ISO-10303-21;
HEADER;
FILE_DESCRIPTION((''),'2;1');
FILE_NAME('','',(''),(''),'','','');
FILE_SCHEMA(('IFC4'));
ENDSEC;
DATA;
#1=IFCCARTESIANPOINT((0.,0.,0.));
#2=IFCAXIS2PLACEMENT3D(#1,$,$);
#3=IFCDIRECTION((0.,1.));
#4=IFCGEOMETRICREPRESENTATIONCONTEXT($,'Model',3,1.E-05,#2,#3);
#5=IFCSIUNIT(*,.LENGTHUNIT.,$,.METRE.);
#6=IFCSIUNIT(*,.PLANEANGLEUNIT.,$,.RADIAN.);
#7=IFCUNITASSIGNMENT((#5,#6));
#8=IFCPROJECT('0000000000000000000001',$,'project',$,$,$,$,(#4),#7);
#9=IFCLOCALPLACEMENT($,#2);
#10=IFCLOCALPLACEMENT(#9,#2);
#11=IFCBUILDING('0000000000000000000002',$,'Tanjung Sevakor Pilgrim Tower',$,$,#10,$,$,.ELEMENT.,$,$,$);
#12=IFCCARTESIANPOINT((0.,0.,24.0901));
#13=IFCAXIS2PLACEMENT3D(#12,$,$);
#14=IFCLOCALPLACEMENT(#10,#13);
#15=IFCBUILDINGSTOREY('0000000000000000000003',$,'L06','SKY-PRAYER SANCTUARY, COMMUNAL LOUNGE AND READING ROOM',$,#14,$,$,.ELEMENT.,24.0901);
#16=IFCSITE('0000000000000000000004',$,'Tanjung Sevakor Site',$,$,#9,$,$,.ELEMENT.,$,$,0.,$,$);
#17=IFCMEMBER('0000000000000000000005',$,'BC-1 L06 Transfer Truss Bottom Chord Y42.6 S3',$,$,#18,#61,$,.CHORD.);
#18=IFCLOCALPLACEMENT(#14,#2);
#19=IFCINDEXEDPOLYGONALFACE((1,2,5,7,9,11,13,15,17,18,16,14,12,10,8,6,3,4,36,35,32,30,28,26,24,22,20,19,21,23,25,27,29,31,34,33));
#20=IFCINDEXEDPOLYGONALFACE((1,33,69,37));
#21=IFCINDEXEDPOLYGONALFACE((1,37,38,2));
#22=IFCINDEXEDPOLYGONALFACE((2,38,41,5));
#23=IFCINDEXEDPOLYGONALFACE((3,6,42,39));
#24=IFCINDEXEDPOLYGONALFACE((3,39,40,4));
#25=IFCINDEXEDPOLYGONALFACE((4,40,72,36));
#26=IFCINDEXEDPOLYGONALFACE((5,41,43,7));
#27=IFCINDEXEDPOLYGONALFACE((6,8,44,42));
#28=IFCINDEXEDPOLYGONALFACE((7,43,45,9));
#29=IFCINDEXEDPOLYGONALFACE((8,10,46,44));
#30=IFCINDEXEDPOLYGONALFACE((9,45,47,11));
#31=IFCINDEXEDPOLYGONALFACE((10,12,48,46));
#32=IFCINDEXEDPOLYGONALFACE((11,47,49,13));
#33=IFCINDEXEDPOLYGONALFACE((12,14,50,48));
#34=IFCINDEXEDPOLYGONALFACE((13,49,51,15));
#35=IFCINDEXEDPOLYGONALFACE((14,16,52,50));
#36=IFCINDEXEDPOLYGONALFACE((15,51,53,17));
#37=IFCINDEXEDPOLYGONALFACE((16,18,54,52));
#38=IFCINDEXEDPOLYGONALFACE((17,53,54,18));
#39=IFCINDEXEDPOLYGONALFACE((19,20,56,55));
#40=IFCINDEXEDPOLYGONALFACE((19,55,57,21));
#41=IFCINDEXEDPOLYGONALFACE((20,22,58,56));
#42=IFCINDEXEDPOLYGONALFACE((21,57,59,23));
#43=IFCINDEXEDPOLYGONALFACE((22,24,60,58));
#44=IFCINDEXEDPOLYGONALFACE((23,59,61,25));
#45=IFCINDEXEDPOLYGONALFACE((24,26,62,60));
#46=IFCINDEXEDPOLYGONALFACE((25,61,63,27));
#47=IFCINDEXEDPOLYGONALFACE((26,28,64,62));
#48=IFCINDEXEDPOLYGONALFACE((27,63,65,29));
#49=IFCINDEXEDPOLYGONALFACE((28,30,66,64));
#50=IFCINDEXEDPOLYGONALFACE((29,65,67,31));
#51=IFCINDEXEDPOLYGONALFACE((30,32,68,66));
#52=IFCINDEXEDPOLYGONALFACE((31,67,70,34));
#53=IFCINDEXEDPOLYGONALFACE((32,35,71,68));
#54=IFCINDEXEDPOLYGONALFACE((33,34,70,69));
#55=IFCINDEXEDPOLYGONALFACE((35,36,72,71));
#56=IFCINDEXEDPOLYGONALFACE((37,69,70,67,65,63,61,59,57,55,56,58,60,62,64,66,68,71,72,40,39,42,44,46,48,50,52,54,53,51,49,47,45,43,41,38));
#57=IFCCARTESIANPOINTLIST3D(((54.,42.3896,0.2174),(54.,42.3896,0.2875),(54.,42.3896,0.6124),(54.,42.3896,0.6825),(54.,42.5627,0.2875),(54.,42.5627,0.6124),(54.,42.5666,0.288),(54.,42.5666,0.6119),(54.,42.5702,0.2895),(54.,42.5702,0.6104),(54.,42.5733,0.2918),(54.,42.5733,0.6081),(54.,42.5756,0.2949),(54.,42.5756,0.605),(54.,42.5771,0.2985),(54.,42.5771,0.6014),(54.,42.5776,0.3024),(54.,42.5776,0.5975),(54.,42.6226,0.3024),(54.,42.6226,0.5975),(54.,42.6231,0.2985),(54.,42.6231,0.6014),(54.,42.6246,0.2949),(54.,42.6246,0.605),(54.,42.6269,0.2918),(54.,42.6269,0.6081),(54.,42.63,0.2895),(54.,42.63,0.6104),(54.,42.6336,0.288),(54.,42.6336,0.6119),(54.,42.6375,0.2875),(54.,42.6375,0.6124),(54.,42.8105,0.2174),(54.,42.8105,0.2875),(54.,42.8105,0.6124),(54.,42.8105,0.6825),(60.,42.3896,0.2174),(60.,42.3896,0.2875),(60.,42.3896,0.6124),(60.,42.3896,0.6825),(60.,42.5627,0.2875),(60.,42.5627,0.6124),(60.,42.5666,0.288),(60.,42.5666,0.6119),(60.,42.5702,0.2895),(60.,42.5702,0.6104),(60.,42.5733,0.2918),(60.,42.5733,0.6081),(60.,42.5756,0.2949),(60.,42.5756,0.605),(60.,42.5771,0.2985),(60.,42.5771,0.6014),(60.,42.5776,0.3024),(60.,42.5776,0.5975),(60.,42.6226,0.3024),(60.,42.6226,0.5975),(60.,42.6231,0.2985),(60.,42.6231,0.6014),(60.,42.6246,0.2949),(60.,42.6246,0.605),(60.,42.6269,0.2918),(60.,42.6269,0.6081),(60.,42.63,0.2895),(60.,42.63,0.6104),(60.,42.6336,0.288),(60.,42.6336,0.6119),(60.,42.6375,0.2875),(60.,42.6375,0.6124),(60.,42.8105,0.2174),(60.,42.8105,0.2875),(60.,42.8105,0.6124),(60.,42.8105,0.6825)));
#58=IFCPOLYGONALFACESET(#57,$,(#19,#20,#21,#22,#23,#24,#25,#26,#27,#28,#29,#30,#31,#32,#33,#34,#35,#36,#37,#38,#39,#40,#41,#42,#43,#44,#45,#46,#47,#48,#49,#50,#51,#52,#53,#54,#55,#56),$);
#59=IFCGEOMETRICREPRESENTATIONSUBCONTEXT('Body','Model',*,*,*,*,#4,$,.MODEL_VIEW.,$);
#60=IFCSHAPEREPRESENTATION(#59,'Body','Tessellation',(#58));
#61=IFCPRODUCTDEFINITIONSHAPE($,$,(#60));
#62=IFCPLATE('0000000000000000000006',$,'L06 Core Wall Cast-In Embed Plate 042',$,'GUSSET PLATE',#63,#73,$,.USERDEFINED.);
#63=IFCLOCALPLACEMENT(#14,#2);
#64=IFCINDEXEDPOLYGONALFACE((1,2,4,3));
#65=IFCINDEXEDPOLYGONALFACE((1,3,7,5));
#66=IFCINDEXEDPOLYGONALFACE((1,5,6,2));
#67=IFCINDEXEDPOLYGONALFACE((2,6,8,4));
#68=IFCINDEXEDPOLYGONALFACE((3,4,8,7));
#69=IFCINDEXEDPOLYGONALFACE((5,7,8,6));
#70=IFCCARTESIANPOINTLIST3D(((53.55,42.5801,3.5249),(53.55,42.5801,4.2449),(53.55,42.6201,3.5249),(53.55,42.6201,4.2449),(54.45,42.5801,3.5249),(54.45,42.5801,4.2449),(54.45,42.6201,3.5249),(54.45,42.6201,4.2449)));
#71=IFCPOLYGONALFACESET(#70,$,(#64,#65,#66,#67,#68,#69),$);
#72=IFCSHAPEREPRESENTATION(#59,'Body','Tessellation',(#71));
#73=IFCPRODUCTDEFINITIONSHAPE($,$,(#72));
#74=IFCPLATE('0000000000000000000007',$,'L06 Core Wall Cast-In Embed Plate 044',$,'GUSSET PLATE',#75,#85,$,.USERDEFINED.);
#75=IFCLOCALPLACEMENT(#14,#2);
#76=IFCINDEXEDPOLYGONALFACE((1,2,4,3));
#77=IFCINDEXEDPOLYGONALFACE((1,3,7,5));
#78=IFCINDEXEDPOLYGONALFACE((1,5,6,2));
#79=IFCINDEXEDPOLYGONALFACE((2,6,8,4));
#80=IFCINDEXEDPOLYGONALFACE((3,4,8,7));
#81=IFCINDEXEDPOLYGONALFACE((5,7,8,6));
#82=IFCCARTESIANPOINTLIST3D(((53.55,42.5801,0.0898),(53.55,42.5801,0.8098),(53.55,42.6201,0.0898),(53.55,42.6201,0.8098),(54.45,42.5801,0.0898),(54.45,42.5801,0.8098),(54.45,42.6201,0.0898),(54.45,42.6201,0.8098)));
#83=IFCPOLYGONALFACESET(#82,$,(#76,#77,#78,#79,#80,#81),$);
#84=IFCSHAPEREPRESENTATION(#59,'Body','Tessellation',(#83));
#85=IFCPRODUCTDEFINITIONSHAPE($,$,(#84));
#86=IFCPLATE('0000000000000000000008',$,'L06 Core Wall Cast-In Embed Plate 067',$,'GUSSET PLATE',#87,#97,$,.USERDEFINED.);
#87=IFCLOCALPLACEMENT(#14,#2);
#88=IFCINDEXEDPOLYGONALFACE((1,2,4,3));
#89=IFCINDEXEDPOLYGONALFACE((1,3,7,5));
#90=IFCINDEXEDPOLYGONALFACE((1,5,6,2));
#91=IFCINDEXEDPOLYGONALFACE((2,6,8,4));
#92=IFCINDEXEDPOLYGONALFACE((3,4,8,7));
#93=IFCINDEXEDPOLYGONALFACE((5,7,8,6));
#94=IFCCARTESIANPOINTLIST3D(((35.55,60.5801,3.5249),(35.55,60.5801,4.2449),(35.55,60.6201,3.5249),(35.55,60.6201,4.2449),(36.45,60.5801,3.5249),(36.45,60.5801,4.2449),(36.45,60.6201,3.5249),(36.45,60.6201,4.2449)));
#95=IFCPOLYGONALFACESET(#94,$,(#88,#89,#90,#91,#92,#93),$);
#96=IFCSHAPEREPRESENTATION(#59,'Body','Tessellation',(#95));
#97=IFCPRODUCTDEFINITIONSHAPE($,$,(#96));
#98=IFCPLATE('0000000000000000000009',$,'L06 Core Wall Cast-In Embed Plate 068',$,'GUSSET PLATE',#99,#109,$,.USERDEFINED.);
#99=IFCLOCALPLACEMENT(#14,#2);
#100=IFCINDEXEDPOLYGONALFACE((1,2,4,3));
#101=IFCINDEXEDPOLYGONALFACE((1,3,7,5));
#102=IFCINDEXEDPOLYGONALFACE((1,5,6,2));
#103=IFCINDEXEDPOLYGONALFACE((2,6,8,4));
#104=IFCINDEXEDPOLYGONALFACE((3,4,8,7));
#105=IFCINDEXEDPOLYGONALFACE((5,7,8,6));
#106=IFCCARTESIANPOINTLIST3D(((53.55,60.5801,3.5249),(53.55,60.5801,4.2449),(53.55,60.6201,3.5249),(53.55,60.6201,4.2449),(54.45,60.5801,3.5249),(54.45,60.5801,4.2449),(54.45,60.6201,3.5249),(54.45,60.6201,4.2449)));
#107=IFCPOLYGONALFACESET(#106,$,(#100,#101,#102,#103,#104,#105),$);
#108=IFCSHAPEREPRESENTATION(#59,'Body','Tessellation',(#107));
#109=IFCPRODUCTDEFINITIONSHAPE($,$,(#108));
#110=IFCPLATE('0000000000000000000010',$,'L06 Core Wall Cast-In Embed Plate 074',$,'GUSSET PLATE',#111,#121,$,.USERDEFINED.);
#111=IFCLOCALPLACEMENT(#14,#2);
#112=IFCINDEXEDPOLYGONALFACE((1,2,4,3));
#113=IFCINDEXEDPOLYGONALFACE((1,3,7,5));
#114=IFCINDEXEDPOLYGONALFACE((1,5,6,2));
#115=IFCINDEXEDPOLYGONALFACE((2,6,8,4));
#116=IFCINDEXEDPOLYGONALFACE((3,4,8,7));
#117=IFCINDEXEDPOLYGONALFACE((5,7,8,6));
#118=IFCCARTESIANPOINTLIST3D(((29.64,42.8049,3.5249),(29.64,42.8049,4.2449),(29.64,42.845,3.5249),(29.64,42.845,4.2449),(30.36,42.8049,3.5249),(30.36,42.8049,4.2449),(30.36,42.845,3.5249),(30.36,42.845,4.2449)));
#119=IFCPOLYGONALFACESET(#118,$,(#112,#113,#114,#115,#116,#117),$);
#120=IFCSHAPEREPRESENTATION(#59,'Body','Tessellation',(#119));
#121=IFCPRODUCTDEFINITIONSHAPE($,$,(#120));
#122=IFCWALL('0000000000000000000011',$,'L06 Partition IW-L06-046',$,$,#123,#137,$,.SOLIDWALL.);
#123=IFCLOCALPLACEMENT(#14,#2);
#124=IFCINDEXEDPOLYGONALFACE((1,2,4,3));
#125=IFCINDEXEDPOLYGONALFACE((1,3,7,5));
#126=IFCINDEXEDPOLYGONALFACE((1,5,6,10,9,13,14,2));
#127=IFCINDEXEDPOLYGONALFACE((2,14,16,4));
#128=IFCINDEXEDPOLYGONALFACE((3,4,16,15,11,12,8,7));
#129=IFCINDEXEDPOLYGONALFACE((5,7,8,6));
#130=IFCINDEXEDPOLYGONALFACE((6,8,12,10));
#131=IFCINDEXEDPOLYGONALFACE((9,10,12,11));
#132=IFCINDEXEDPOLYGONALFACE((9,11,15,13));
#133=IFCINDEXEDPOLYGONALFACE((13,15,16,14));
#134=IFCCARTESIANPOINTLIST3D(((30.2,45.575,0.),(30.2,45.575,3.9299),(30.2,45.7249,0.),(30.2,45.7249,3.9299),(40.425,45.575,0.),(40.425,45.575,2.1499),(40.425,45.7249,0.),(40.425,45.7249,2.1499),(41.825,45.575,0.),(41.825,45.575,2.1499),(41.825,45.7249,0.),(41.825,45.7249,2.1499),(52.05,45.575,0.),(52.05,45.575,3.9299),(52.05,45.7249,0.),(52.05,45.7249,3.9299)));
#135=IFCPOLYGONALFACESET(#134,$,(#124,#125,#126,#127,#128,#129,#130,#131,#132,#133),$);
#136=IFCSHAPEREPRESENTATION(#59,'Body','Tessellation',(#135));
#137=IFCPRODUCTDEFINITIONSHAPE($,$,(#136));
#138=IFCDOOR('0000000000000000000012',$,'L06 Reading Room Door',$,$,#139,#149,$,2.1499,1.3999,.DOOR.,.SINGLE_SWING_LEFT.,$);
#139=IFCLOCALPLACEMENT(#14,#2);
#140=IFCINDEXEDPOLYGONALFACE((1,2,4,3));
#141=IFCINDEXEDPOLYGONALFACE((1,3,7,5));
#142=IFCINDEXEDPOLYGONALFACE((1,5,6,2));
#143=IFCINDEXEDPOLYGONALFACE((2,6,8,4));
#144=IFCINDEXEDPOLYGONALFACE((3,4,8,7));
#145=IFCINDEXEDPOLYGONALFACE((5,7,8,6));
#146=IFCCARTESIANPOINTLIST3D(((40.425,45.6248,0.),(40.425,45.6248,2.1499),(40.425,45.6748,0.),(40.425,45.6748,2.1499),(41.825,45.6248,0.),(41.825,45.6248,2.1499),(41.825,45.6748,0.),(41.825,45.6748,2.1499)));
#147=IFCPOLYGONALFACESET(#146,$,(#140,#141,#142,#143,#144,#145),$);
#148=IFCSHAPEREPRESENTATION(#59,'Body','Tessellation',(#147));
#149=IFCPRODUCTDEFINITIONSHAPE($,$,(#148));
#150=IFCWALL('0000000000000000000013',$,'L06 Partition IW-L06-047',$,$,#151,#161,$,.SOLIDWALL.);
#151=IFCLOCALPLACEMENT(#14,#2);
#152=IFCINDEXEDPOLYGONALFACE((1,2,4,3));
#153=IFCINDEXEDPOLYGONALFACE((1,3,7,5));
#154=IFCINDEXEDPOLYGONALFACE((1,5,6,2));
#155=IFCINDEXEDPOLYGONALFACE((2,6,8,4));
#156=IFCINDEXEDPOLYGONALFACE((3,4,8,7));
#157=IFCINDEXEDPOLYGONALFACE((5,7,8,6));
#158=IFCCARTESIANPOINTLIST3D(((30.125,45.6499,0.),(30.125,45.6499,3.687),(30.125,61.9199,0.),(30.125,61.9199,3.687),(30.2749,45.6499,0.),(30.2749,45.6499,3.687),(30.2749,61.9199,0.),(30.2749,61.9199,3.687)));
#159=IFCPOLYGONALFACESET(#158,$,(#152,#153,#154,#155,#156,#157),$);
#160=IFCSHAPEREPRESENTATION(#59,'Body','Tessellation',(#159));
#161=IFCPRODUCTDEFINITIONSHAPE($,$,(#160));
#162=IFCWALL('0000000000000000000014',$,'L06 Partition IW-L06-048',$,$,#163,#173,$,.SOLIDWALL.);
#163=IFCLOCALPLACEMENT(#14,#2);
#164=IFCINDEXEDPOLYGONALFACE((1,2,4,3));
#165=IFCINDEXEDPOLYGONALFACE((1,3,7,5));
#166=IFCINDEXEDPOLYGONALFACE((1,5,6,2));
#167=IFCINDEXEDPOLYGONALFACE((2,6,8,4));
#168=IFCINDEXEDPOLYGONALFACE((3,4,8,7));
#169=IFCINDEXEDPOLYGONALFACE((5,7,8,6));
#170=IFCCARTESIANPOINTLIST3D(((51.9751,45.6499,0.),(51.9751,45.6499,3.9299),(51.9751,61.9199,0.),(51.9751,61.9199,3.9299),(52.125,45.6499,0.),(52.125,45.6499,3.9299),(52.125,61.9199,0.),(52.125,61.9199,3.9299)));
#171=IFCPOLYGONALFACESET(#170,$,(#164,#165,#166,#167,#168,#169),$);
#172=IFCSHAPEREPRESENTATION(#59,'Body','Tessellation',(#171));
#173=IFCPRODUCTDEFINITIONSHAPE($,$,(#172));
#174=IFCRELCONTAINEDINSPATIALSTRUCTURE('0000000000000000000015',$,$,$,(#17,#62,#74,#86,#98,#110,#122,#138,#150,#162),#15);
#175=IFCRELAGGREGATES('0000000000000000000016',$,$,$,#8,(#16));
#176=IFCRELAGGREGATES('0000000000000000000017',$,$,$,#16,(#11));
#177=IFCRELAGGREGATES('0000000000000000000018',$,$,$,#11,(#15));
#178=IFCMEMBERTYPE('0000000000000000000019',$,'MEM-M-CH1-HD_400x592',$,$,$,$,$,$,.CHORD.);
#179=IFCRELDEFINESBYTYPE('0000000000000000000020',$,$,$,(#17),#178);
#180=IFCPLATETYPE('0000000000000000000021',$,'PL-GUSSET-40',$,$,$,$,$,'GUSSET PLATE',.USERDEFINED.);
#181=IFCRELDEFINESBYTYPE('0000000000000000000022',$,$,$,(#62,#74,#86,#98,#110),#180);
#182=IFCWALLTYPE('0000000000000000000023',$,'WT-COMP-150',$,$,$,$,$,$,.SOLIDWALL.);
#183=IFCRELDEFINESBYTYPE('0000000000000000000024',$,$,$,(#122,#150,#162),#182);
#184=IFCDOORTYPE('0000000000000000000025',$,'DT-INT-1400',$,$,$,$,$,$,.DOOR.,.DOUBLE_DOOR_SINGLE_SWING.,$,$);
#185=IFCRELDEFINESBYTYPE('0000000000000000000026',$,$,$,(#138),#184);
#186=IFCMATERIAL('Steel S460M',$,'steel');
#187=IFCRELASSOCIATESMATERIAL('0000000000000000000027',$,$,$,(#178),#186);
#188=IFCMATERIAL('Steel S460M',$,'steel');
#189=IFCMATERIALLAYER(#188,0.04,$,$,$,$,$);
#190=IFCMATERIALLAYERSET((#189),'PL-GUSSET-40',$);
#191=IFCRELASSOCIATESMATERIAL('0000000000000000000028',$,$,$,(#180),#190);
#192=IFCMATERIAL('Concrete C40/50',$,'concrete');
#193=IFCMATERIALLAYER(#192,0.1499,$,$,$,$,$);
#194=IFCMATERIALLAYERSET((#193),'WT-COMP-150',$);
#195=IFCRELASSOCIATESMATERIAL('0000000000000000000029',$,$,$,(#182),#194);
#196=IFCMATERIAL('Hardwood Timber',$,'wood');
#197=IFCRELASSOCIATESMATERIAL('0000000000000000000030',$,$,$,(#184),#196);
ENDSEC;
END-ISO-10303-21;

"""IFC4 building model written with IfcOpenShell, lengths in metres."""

from ifc_helpers import new_model, si_unit, direction, frame, frame_2d, origin, origin_2d, place, context, subcontext, project, spatial, rectangle, i_section, extrude, material, layer, layer_set, material_profile, profile_set, type_object, element, fill, save


model = new_model("IFC4")

# Units and contexts
model_context = context("Model", 3, precision=1e-05, world=origin(), true_north=direction((0.0, 1.0)))
body_context = subcontext(model_context, "Body", "Model", "MODEL_VIEW")
ifc_project = project(units=[si_unit("LENGTHUNIT", "METRE"), si_unit("PLANEANGLEUNIT", "RADIAN")], contexts=[model_context])

# Site, building, storey
site_placement = place(None, origin())
site = spatial("IfcSite", under=ifc_project, at=site_placement, Name="Tanjung Sevakor Site", CompositionType="ELEMENT", RefElevation=0.0)
building_placement = place(site_placement, origin())
building = spatial("IfcBuilding", under=site, at=building_placement, Name="Tanjung Sevakor Pilgrim Tower", CompositionType="ELEMENT")
storey_placement = place(building_placement, frame((0.0, 0.0, 24.0901)))
storey = spatial("IfcBuildingStorey", under=building, at=storey_placement, Name="L06", Description="SKY-PRAYER SANCTUARY, COMMUNAL LOUNGE AND READING ROOM", CompositionType="ELEMENT", Elevation=24.0901)

# Member
ifc_material_1 = material(Name="Steel S460M", Category="steel")
ifc_material_profile_1 = material_profile(ifc_material_1, i_section(OverallWidth=0.4209, OverallDepth=0.4651, WebThickness=0.0449, FlangeThickness=0.0701, FilletRadius=0.0149, at=origin_2d()))
ifc_profile_set_1 = profile_set([ifc_material_profile_1], Name="Steel S460M")
member_type_1 = type_object("IfcMemberType", Name="MEM-M-CH1-HD_400x592", PredefinedType="CHORD", material=ifc_profile_set_1)
member_1_placement = place(storey_placement, frame((54.0, 42.6001, 0.45), z_axis=(1.0, 0.0, 0.0), x_axis=(0.0, 1.0, 0.0)))
element("IfcMember", 1, at=member_1_placement, inside=storey, type_object=member_type_1, Name="BC-1 L06 Transfer Truss Bottom Chord Y42.6 S3", PredefinedType="CHORD", context=body_context, shape_type="SweptSolid", body=[
    extrude(i_section(OverallWidth=0.4209, OverallDepth=0.4651, WebThickness=0.0449, FlangeThickness=0.0701, FilletRadius=0.0149, at=origin_2d()), origin(), (0.0, 0.0, 1.0), 6.0),
])

# Plates
ifc_material_2 = material(Name="Steel S460M", Category="steel")
ifc_layer_1 = layer(ifc_material_2, 0.04)
ifc_layer_set_1 = layer_set([ifc_layer_1], Name="PL-GUSSET-40")
plate_type = type_object("IfcPlateType", Name="PL-GUSSET-40", ElementType="GUSSET PLATE", PredefinedType="USERDEFINED", material=ifc_layer_set_1)
for number, where, z_axis, x_axis, name in (
    (2, (54.0, 42.6001, 3.5249), (0.0, 0.0, 1.0), (1.0, 0.0, 0.0), "L06 Core Wall Cast-In Embed Plate 042"),
    (3, (54.0, 42.6001, 0.0898), (0.0, 0.0, 1.0), (1.0, 0.0, 0.0), "L06 Core Wall Cast-In Embed Plate 044"),
    (4, (36.0, 60.6001, 3.5249), (0.0, 0.0, 1.0), (1.0, 0.0, 0.0), "L06 Core Wall Cast-In Embed Plate 067"),
    (5, (54.0, 60.6001, 3.5249), (0.0, 0.0, 1.0), (1.0, 0.0, 0.0), "L06 Core Wall Cast-In Embed Plate 068"),
):
    element("IfcPlate", number, at=place(storey_placement, frame(where, z_axis=z_axis, x_axis=x_axis)), inside=storey, type_object=plate_type, Name=name, ObjectType="GUSSET PLATE", PredefinedType="USERDEFINED", context=body_context, shape_type="SweptSolid", body=[
        extrude(rectangle(XDim=0.8999, YDim=0.04, at=origin_2d()), origin(), (0.0, 0.0, 1.0), 0.72),
    ])
plate_placement = place(storey_placement, frame((30.0, 42.825, 3.5249), z_axis=(0.0, 0.0, 1.0), x_axis=(1.0, 0.0, 0.0)))
element("IfcPlate", 6, at=plate_placement, inside=storey, type_object=plate_type, Name="L06 Core Wall Cast-In Embed Plate 074", ObjectType="GUSSET PLATE", PredefinedType="USERDEFINED", context=body_context, shape_type="SweptSolid", body=[
    extrude(rectangle(XDim=0.72, YDim=0.04, at=origin_2d()), origin(), (0.0, 0.0, 1.0), 0.72),
])

# Wall, opening, door
ifc_material_3 = material(Name="Concrete C40/50", Category="concrete")
ifc_layer_2 = layer(ifc_material_3, 0.1499)
ifc_layer_set_2 = layer_set([ifc_layer_2], Name="WT-COMP-150")
wall_type_1 = type_object("IfcWallType", Name="WT-COMP-150", PredefinedType="SOLIDWALL", material=ifc_layer_set_2)
wall_1_placement = place(storey_placement, frame((30.2, 45.6499, 0.0), z_axis=(0.0, 0.0, 1.0), x_axis=(1.0, 0.0, 0.0)))
wall_1 = element("IfcWall", 7, at=wall_1_placement, inside=storey, type_object=wall_type_1, Name="L06 Partition IW-L06-046", PredefinedType="SOLIDWALL", context=body_context, shape_type="SweptSolid", body=[
    extrude(rectangle(XDim=21.8501, YDim=0.1499, at=frame_2d((10.925, 0.0))), origin(), (0.0, 0.0, 1.0), 3.9299),
])
opening_1_placement = place(wall_1_placement, frame((10.2251, 0.0, 0.0)))
opening_1 = element("IfcOpeningElement", 8, at=opening_1_placement, cuts=wall_1, PredefinedType="OPENING", context=body_context, shape_type="SweptSolid", body=[
    extrude(rectangle(XDim=1.3999, YDim=2.1499, at=frame_2d((0.7, 1.075))), frame((0.0, 0.085, 0.0), z_axis=(0.0, -1.0, 0.0), x_axis=(1.0, 0.0, 0.0)), (0.0, 0.0, 1.0), 0.1699),
])
ifc_material_4 = material(Name="Hardwood Timber", Category="wood")
door_type_1 = type_object("IfcDoorType", Name="DT-INT-1400", OperationType="DOUBLE_DOOR_SINGLE_SWING", PredefinedType="DOOR", material=ifc_material_4)
door_1_placement = place(opening_1_placement, origin())
door_1 = element("IfcDoor", 9, at=door_1_placement, inside=storey, type_object=door_type_1, Name="L06 Reading Room Door", OperationType="SINGLE_SWING_LEFT", OverallHeight=2.1499, OverallWidth=1.3999, PredefinedType="DOOR", context=body_context, shape_type="SweptSolid", body=[
    extrude(rectangle(XDim=1.3999, YDim=2.1499, at=frame_2d((0.7, 1.075))), frame((0.0, 0.0249, 0.0), z_axis=(0.0, -1.0, 0.0), x_axis=(1.0, 0.0, 0.0)), (0.0, 0.0, 1.0), 0.05),
])
fill(opening_1, door_1)

# Walls
wall_2_placement = place(storey_placement, frame((30.2, 45.6499, 0.0), z_axis=(0.0, 0.0, 1.0), x_axis=(0.0, 1.0, 0.0)))
element("IfcWall", 10, at=wall_2_placement, inside=storey, type_object=wall_type_1, Name="L06 Partition IW-L06-047", PredefinedType="SOLIDWALL", context=body_context, shape_type="SweptSolid", body=[
    extrude(rectangle(XDim=16.27, YDim=0.1499, at=frame_2d((8.135, 0.0))), origin(), (0.0, 0.0, 1.0), 3.687),
])
wall_3_placement = place(storey_placement, frame((52.05, 45.6499, 0.0), z_axis=(0.0, 0.0, 1.0), x_axis=(0.0, 1.0, 0.0)))
element("IfcWall", 11, at=wall_3_placement, inside=storey, type_object=wall_type_1, Name="L06 Partition IW-L06-048", PredefinedType="SOLIDWALL", context=body_context, shape_type="SweptSolid", body=[
    extrude(rectangle(XDim=16.27, YDim=0.1499, at=frame_2d((8.135, 0.0))), origin(), (0.0, 0.0, 1.0), 3.9299),
])

save(model, "model.ifc")
